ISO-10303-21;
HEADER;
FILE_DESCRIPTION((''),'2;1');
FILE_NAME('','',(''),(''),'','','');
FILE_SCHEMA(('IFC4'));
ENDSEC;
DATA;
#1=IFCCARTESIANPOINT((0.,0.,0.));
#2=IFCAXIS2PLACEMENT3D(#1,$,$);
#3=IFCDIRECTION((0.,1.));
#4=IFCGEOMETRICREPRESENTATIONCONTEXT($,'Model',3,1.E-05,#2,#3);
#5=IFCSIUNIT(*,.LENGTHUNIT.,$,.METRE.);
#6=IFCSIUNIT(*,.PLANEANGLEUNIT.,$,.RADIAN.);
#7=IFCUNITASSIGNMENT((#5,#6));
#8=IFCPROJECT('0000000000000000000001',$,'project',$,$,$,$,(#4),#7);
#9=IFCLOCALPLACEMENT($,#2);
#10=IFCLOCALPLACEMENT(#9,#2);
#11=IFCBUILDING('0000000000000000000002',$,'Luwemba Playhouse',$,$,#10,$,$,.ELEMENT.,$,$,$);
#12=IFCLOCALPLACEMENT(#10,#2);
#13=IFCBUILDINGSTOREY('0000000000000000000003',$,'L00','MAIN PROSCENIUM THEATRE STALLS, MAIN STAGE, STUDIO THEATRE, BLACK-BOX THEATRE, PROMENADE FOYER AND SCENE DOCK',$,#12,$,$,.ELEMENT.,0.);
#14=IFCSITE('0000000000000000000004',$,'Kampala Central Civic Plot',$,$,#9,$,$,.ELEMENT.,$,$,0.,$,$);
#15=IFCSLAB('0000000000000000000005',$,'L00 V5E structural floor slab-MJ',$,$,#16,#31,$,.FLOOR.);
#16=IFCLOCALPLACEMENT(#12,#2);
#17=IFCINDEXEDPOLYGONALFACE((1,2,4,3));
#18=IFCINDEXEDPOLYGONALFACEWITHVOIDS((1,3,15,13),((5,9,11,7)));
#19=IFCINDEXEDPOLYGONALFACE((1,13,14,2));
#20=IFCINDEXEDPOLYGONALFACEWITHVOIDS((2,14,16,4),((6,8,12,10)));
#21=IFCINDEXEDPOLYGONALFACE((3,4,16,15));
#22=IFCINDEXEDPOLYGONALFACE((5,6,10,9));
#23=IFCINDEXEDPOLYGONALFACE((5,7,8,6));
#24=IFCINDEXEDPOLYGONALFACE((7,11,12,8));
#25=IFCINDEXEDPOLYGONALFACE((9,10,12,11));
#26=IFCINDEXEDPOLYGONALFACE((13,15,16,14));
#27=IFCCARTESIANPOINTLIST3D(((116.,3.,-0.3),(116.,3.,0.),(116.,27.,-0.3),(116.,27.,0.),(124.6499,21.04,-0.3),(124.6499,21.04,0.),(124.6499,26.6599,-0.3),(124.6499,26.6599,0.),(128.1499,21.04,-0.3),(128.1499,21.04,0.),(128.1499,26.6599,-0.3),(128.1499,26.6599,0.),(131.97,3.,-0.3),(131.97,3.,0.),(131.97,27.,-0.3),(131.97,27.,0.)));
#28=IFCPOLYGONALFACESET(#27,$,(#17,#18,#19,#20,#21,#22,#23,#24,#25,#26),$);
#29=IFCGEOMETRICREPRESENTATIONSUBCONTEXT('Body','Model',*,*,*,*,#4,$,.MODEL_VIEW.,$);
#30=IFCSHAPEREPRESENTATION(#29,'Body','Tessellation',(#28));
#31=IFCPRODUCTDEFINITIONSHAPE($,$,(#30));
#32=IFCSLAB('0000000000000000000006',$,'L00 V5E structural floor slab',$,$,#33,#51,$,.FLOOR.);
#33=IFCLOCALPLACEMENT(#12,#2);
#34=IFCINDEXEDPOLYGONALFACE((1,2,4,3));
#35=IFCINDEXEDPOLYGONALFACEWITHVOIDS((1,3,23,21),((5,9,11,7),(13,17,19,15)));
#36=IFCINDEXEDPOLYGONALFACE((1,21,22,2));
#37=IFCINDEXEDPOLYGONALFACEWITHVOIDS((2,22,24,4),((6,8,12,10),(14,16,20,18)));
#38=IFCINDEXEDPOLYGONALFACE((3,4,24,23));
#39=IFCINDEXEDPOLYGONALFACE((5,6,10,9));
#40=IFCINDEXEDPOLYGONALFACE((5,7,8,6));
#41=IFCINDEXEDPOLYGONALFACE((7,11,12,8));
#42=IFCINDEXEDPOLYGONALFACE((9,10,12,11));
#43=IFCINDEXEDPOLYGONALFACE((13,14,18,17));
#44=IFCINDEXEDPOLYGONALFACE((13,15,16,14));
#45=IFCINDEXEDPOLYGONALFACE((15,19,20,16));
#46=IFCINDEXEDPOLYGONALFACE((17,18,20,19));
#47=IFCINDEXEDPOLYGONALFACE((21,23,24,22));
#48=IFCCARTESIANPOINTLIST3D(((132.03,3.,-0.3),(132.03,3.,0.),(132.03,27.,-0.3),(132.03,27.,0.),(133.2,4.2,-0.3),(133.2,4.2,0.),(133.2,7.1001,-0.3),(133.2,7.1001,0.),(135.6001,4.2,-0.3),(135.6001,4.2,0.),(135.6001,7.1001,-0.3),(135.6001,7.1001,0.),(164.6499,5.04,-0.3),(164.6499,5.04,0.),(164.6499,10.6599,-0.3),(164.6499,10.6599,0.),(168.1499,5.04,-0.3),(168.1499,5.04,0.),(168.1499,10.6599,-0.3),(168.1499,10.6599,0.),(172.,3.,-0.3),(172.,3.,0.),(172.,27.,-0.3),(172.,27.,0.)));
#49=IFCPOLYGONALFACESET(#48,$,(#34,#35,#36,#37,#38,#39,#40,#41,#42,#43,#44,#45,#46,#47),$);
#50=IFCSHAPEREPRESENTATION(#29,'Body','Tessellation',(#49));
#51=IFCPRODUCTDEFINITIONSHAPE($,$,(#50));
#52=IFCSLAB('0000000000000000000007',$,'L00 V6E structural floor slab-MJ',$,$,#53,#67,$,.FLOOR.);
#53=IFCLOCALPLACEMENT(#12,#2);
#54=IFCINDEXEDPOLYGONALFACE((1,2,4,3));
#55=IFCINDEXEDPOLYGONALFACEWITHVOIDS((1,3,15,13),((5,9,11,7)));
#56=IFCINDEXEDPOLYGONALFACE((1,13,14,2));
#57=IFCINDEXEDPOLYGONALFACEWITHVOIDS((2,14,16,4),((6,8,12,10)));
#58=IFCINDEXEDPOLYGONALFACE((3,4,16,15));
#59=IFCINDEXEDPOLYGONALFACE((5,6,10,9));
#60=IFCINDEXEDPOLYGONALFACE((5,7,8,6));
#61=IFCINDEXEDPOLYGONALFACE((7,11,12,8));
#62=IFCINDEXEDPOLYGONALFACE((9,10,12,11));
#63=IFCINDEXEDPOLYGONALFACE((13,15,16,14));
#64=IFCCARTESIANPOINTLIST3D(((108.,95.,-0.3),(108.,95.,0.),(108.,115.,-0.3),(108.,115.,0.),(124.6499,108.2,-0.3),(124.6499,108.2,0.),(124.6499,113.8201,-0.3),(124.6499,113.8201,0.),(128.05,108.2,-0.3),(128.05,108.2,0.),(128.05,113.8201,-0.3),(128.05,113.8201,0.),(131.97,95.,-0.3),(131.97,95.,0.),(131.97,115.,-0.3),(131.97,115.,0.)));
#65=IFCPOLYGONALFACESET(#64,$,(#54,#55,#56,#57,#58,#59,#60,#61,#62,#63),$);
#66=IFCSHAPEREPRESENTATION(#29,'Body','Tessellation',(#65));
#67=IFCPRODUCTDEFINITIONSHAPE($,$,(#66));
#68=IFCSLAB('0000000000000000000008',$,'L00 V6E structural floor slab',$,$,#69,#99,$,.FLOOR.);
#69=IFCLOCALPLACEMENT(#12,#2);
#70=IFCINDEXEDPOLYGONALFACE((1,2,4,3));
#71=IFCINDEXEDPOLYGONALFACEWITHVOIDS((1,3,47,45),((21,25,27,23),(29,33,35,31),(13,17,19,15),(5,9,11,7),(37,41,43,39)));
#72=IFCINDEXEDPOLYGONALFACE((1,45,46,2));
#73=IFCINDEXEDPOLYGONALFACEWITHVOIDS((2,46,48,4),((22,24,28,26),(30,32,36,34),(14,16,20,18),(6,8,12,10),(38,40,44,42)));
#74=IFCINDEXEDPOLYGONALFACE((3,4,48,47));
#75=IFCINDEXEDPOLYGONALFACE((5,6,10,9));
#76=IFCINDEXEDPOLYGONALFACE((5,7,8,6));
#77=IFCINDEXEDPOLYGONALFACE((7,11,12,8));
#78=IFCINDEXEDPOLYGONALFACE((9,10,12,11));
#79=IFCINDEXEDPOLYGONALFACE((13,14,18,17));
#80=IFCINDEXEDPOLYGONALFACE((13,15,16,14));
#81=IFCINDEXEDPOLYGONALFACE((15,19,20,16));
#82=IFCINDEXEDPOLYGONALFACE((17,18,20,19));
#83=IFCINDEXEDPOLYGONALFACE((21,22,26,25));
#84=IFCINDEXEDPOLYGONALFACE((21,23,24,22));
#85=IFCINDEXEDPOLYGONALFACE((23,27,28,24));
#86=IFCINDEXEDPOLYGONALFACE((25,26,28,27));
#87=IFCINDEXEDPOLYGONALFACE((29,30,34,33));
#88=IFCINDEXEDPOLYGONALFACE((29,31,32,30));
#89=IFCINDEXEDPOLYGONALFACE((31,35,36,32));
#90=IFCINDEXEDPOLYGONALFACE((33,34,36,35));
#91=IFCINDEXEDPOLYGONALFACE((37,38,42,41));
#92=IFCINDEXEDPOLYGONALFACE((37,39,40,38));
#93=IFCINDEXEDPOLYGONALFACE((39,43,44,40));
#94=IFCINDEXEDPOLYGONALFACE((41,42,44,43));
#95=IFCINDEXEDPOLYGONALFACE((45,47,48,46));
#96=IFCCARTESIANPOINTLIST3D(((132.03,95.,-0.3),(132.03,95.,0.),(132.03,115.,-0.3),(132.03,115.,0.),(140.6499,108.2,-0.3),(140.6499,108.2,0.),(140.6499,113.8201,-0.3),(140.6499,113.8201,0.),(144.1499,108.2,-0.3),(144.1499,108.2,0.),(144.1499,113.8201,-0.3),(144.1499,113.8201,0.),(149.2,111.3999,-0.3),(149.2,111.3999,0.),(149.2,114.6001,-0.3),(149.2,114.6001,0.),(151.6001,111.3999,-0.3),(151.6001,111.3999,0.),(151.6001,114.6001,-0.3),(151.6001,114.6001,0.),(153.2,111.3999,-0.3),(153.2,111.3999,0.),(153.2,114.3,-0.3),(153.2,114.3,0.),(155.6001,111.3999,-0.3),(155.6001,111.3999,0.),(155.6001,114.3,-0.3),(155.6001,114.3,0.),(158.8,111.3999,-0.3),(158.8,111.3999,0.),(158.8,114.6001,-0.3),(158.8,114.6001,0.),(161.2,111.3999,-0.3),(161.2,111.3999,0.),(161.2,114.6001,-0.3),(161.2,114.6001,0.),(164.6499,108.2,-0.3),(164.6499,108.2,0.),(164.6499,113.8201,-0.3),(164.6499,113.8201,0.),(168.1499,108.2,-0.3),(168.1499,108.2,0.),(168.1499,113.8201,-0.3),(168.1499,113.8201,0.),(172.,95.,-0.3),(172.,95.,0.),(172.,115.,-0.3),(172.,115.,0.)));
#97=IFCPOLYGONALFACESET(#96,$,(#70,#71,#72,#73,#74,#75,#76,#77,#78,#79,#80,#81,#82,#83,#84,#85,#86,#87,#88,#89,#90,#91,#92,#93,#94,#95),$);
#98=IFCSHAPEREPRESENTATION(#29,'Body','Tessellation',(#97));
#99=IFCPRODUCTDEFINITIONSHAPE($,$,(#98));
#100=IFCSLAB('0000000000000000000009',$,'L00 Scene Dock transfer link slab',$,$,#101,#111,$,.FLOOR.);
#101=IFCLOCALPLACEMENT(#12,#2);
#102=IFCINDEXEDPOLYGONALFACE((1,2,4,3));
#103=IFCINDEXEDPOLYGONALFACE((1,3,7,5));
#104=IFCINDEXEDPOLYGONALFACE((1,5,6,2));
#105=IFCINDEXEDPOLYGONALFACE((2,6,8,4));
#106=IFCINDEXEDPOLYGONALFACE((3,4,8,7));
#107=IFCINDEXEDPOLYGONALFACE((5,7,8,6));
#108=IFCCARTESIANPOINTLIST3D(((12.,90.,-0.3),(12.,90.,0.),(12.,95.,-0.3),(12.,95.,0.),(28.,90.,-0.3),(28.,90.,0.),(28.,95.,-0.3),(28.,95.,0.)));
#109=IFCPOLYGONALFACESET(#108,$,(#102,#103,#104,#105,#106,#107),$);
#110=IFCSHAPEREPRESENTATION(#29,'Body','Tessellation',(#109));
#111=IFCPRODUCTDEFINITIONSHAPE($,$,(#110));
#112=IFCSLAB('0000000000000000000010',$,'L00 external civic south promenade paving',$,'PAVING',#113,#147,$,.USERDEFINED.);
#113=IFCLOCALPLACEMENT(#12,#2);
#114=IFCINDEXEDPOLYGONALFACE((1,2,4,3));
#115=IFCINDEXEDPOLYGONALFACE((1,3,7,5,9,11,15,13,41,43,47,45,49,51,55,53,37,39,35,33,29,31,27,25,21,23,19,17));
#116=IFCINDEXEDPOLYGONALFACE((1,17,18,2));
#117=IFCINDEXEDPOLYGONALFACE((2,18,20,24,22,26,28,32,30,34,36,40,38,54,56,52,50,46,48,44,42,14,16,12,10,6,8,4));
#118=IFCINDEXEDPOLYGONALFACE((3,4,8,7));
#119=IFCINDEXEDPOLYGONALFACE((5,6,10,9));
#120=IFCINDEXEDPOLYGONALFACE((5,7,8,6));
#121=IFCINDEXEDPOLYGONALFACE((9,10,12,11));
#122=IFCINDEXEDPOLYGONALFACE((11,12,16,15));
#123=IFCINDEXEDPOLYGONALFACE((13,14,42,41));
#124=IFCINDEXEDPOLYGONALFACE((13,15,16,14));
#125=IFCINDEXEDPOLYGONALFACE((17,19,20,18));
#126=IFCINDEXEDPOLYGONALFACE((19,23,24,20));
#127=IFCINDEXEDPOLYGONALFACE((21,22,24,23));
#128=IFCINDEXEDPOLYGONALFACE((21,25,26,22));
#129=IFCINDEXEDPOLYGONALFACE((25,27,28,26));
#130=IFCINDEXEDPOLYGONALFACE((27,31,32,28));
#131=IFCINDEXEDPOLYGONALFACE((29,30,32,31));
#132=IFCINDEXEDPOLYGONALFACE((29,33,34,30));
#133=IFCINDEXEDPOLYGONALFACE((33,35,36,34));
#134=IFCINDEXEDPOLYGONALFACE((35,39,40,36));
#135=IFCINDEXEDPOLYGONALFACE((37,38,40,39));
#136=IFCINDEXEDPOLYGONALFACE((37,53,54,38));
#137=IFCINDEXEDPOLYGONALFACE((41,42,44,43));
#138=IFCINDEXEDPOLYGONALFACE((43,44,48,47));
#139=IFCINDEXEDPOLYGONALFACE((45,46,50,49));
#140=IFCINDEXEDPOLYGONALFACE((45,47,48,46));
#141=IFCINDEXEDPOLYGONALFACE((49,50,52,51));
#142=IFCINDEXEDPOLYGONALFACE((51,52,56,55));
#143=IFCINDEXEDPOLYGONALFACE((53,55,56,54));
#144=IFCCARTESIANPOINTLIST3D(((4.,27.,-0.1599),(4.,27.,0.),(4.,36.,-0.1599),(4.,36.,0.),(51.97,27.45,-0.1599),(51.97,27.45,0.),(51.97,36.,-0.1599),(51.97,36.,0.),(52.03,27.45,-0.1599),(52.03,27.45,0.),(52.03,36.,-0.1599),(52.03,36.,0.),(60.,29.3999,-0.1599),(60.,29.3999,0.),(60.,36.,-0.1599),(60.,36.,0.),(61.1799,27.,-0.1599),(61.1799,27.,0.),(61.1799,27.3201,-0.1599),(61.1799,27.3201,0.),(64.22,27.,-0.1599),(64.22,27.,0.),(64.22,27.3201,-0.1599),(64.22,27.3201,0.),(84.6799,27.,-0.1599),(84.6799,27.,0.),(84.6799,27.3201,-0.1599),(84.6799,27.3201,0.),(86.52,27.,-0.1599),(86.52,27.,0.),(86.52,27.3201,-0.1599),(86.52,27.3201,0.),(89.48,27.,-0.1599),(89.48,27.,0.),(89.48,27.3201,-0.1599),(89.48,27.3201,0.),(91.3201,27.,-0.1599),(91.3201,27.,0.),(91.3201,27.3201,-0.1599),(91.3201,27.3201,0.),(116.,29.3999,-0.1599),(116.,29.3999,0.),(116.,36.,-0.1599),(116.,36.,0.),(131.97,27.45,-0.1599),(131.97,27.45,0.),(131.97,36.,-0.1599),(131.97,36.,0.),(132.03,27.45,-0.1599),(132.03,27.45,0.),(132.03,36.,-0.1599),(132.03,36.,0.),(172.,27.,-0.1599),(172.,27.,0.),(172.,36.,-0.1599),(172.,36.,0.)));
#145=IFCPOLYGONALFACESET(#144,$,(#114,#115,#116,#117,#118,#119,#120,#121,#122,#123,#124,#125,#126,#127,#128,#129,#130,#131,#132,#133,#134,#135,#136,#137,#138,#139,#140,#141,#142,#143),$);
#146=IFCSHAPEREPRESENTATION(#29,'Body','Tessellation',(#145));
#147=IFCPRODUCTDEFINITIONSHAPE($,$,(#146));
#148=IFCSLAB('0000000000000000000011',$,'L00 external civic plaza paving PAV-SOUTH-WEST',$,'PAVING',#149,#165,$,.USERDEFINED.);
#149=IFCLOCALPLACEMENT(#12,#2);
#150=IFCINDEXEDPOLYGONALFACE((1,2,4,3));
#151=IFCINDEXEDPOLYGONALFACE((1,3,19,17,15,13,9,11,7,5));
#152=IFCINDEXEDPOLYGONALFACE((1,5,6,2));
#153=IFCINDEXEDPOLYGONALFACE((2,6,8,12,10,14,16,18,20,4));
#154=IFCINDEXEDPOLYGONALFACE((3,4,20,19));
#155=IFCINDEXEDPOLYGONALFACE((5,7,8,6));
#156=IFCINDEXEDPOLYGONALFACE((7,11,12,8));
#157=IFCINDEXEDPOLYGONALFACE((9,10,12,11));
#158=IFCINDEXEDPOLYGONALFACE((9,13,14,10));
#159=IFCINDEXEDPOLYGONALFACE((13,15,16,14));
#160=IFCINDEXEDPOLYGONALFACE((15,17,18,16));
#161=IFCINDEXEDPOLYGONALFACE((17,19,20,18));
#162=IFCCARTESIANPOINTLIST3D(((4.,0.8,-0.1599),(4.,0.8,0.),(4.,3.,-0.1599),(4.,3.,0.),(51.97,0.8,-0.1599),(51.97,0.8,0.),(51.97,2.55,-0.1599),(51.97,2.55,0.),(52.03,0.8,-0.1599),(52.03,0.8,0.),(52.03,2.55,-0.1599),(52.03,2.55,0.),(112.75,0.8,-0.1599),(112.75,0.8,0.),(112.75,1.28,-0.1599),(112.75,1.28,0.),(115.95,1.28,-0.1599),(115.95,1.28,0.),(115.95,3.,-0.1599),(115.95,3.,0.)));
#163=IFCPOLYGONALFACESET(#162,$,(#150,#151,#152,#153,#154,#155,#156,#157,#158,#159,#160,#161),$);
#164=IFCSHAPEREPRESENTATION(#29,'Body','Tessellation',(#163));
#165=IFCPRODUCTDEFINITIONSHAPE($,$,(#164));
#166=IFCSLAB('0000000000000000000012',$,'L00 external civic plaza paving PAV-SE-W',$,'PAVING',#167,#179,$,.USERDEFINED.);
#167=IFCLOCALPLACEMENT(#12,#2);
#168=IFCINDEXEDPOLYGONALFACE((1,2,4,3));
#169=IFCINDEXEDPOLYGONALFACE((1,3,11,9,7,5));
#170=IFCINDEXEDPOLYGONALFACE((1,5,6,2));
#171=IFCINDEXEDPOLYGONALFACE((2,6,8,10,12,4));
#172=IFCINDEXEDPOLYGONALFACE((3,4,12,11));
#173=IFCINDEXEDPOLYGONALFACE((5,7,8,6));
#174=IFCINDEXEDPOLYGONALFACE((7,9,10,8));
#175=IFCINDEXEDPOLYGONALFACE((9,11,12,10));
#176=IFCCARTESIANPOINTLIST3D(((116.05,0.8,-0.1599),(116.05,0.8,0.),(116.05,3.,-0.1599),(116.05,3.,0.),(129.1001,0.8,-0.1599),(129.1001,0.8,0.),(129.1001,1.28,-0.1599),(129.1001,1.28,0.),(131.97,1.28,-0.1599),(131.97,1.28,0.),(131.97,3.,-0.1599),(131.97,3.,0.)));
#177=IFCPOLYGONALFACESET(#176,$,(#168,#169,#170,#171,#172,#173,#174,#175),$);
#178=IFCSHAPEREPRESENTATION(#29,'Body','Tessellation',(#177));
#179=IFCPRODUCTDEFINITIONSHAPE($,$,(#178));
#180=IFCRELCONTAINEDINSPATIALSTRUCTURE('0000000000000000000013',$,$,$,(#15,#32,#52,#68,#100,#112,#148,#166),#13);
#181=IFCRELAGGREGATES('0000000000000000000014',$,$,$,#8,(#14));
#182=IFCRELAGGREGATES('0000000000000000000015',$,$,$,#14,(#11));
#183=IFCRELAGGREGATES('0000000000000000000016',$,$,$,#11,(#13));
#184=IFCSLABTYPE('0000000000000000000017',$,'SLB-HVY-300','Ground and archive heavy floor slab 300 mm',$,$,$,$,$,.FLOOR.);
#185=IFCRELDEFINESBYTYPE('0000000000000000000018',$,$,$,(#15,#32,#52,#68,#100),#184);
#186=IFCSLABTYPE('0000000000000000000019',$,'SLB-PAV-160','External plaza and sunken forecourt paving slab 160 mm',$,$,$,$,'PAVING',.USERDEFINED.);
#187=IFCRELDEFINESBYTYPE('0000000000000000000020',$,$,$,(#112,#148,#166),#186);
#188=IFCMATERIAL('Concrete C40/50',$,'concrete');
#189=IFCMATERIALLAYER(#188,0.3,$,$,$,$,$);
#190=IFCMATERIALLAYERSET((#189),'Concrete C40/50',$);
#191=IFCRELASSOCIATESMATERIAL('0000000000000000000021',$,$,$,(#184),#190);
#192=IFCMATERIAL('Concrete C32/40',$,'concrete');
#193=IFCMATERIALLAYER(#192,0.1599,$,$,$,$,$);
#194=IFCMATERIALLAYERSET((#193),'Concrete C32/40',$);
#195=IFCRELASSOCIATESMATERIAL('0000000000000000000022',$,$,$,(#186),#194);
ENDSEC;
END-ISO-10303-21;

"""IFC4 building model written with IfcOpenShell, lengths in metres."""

from ifc_helpers import new_model, si_unit, direction, frame, origin, place, context, subcontext, project, spatial, polyline, outline, extrude, material, layer, layer_set, type_object, element, save


model = new_model("IFC4")

# Units and contexts
model_context = context("Model", 3, precision=1e-05, world=origin(), true_north=direction((0.0, 1.0)))
body_context = subcontext(model_context, "Body", "Model", "MODEL_VIEW")
ifc_project = project(units=[si_unit("LENGTHUNIT", "METRE"), si_unit("PLANEANGLEUNIT", "RADIAN")], contexts=[model_context])

# Site, building, storey
site_placement = place(None, origin())
site = spatial("IfcSite", under=ifc_project, at=site_placement, Name="Kampala Central Civic Plot", CompositionType="ELEMENT", RefElevation=0.0)
building_placement = place(site_placement, origin())
building = spatial("IfcBuilding", under=site, at=building_placement, Name="Luwemba Playhouse", CompositionType="ELEMENT")
storey_placement = place(building_placement, origin())
storey = spatial("IfcBuildingStorey", under=building, at=storey_placement, Name="L00", Description="MAIN PROSCENIUM THEATRE STALLS, MAIN STAGE, STUDIO THEATRE, BLACK-BOX THEATRE, PROMENADE FOYER AND SCENE DOCK", CompositionType="ELEMENT", Elevation=0.0)

# Slabs
ifc_material_1 = material(Name="Concrete C40/50", Category="concrete")
ifc_layer_1 = layer(ifc_material_1, 0.3)
ifc_layer_set_1 = layer_set([ifc_layer_1], Name="Concrete C40/50")
slab_type_1 = type_object("IfcSlabType", Name="SLB-HVY-300", Description="Ground and archive heavy floor slab 300 mm", PredefinedType="FLOOR", material=ifc_layer_set_1)
slab_1_placement = place(storey_placement, frame((0.0, 0.0, -0.3)))
element("IfcSlab", 1, at=slab_1_placement, inside=storey, type_object=slab_type_1, Name="L00 V5E structural floor slab-MJ", PredefinedType="FLOOR", context=body_context, shape_type="SweptSolid", body=[
    extrude(outline(polyline([(131.97, 27.0), (131.97, 3.0), (116.0, 3.0), (116.0, 27.0), (131.97, 27.0)]), holes=[polyline([(128.1499, 21.04), (128.1499, 26.6599), (124.6499, 26.6599), (124.6499, 21.04), (128.1499, 21.04)])]), origin(), (0.0, 0.0, 1.0), 0.3),
])
slab_2_placement = place(storey_placement, frame((0.0, 0.0, -0.3)))
element("IfcSlab", 2, at=slab_2_placement, inside=storey, type_object=slab_type_1, Name="L00 V5E structural floor slab", PredefinedType="FLOOR", context=body_context, shape_type="SweptSolid", body=[
    extrude(outline(polyline([(172.0, 27.0), (172.0, 3.0), (132.03, 3.0), (132.03, 27.0), (172.0, 27.0)]), holes=[polyline([(135.6001, 4.2), (135.6001, 7.1001), (133.2, 7.1001), (133.2, 4.2), (135.6001, 4.2)]), polyline([(168.1499, 5.04), (168.1499, 10.6599), (164.6499, 10.6599), (164.6499, 5.04), (168.1499, 5.04)])]), origin(), (0.0, 0.0, 1.0), 0.3),
])
slab_3_placement = place(storey_placement, frame((0.0, 0.0, -0.3)))
element("IfcSlab", 3, at=slab_3_placement, inside=storey, type_object=slab_type_1, Name="L00 V6E structural floor slab-MJ", PredefinedType="FLOOR", context=body_context, shape_type="SweptSolid", body=[
    extrude(outline(polyline([(131.97, 115.0), (131.97, 95.0), (108.0, 95.0), (108.0, 115.0), (131.97, 115.0)]), holes=[polyline([(128.05, 108.2), (128.05, 113.8201), (124.6499, 113.8201), (124.6499, 108.2), (128.05, 108.2)])]), origin(), (0.0, 0.0, 1.0), 0.3),
])
slab_4_placement = place(storey_placement, frame((0.0, 0.0, -0.3)))
element("IfcSlab", 4, at=slab_4_placement, inside=storey, type_object=slab_type_1, Name="L00 V6E structural floor slab", PredefinedType="FLOOR", context=body_context, shape_type="SweptSolid", body=[
    extrude(outline(polyline([(172.0, 115.0), (172.0, 95.0), (132.03, 95.0), (132.03, 115.0), (172.0, 115.0)]), holes=[polyline([(140.6499, 108.2), (144.1499, 108.2), (144.1499, 113.8201), (140.6499, 113.8201), (140.6499, 108.2)]), polyline([(164.6499, 108.2), (168.1499, 108.2), (168.1499, 113.8201), (164.6499, 113.8201), (164.6499, 108.2)]), polyline([(153.2, 111.3999), (155.6001, 111.3999), (155.6001, 114.3), (153.2, 114.3), (153.2, 111.3999)]), polyline([(149.2, 114.6001), (149.2, 111.3999), (151.6001, 111.3999), (151.6001, 114.6001), (149.2, 114.6001)]), polyline([(158.8, 114.6001), (158.8, 111.3999), (161.2, 111.3999), (161.2, 114.6001), (158.8, 114.6001)])]), origin(), (0.0, 0.0, 1.0), 0.3),
])
slab_5_placement = place(storey_placement, frame((0.0, 0.0, -0.3)))
element("IfcSlab", 5, at=slab_5_placement, inside=storey, type_object=slab_type_1, Name="L00 Scene Dock transfer link slab", PredefinedType="FLOOR", context=body_context, shape_type="SweptSolid", body=[
    extrude(outline(polyline([(12.0, 90.0), (28.0, 90.0), (28.0, 95.0), (12.0, 95.0), (12.0, 90.0)])), origin(), (0.0, 0.0, 1.0), 0.3),
])
ifc_material_2 = material(Name="Concrete C32/40", Category="concrete")
ifc_layer_2 = layer(ifc_material_2, 0.1599)
ifc_layer_set_2 = layer_set([ifc_layer_2], Name="Concrete C32/40")
slab_type_2 = type_object("IfcSlabType", Name="SLB-PAV-160", Description="External plaza and sunken forecourt paving slab 160 mm", ElementType="PAVING", PredefinedType="USERDEFINED", material=ifc_layer_set_2)
slab_6_placement = place(storey_placement, frame((0.0, 0.0, -0.1599)))
element("IfcSlab", 6, at=slab_6_placement, inside=storey, type_object=slab_type_2, Name="L00 external civic south promenade paving", ObjectType="PAVING", PredefinedType="USERDEFINED", context=body_context, shape_type="SweptSolid", body=[
    extrude(outline(polyline([(60.0, 36.0), (60.0, 29.3999), (116.0, 29.3999), (116.0, 36.0), (131.97, 36.0), (131.97, 27.45), (132.03, 27.45), (132.03, 36.0), (172.0, 36.0), (172.0, 27.0), (91.3201, 27.0), (91.3201, 27.3201), (89.48, 27.3201), (89.48, 27.0), (86.52, 27.0), (86.52, 27.3201), (84.6799, 27.3201), (84.6799, 27.0), (64.22, 27.0), (64.22, 27.3201), (61.1799, 27.3201), (61.1799, 27.0), (4.0, 27.0), (4.0, 36.0), (51.97, 36.0), (51.97, 27.45), (52.03, 27.45), (52.03, 36.0), (60.0, 36.0)])), origin(), (0.0, 0.0, 1.0), 0.1599),
])
slab_7_placement = place(storey_placement, frame((0.0, 0.0, -0.1599)))
element("IfcSlab", 7, at=slab_7_placement, inside=storey, type_object=slab_type_2, Name="L00 external civic plaza paving PAV-SOUTH-WEST", ObjectType="PAVING", PredefinedType="USERDEFINED", context=body_context, shape_type="SweptSolid", body=[
    extrude(outline(polyline([(4.0, 0.8), (51.97, 0.8), (51.97, 2.55), (52.03, 2.55), (52.03, 0.8), (112.75, 0.8), (112.75, 1.28), (115.95, 1.28), (115.95, 3.0), (4.0, 3.0), (4.0, 0.8)])), origin(), (0.0, 0.0, 1.0), 0.1599),
])
slab_8_placement = place(storey_placement, frame((0.0, 0.0, -0.1599)))
element("IfcSlab", 8, at=slab_8_placement, inside=storey, type_object=slab_type_2, Name="L00 external civic plaza paving PAV-SE-W", ObjectType="PAVING", PredefinedType="USERDEFINED", context=body_context, shape_type="SweptSolid", body=[
    extrude(outline(polyline([(116.05, 0.8), (129.1001, 0.8), (129.1001, 1.28), (131.97, 1.28), (131.97, 3.0), (116.05, 3.0), (116.05, 0.8)])), origin(), (0.0, 0.0, 1.0), 0.1599),
])

save(model, "model.ifc")
